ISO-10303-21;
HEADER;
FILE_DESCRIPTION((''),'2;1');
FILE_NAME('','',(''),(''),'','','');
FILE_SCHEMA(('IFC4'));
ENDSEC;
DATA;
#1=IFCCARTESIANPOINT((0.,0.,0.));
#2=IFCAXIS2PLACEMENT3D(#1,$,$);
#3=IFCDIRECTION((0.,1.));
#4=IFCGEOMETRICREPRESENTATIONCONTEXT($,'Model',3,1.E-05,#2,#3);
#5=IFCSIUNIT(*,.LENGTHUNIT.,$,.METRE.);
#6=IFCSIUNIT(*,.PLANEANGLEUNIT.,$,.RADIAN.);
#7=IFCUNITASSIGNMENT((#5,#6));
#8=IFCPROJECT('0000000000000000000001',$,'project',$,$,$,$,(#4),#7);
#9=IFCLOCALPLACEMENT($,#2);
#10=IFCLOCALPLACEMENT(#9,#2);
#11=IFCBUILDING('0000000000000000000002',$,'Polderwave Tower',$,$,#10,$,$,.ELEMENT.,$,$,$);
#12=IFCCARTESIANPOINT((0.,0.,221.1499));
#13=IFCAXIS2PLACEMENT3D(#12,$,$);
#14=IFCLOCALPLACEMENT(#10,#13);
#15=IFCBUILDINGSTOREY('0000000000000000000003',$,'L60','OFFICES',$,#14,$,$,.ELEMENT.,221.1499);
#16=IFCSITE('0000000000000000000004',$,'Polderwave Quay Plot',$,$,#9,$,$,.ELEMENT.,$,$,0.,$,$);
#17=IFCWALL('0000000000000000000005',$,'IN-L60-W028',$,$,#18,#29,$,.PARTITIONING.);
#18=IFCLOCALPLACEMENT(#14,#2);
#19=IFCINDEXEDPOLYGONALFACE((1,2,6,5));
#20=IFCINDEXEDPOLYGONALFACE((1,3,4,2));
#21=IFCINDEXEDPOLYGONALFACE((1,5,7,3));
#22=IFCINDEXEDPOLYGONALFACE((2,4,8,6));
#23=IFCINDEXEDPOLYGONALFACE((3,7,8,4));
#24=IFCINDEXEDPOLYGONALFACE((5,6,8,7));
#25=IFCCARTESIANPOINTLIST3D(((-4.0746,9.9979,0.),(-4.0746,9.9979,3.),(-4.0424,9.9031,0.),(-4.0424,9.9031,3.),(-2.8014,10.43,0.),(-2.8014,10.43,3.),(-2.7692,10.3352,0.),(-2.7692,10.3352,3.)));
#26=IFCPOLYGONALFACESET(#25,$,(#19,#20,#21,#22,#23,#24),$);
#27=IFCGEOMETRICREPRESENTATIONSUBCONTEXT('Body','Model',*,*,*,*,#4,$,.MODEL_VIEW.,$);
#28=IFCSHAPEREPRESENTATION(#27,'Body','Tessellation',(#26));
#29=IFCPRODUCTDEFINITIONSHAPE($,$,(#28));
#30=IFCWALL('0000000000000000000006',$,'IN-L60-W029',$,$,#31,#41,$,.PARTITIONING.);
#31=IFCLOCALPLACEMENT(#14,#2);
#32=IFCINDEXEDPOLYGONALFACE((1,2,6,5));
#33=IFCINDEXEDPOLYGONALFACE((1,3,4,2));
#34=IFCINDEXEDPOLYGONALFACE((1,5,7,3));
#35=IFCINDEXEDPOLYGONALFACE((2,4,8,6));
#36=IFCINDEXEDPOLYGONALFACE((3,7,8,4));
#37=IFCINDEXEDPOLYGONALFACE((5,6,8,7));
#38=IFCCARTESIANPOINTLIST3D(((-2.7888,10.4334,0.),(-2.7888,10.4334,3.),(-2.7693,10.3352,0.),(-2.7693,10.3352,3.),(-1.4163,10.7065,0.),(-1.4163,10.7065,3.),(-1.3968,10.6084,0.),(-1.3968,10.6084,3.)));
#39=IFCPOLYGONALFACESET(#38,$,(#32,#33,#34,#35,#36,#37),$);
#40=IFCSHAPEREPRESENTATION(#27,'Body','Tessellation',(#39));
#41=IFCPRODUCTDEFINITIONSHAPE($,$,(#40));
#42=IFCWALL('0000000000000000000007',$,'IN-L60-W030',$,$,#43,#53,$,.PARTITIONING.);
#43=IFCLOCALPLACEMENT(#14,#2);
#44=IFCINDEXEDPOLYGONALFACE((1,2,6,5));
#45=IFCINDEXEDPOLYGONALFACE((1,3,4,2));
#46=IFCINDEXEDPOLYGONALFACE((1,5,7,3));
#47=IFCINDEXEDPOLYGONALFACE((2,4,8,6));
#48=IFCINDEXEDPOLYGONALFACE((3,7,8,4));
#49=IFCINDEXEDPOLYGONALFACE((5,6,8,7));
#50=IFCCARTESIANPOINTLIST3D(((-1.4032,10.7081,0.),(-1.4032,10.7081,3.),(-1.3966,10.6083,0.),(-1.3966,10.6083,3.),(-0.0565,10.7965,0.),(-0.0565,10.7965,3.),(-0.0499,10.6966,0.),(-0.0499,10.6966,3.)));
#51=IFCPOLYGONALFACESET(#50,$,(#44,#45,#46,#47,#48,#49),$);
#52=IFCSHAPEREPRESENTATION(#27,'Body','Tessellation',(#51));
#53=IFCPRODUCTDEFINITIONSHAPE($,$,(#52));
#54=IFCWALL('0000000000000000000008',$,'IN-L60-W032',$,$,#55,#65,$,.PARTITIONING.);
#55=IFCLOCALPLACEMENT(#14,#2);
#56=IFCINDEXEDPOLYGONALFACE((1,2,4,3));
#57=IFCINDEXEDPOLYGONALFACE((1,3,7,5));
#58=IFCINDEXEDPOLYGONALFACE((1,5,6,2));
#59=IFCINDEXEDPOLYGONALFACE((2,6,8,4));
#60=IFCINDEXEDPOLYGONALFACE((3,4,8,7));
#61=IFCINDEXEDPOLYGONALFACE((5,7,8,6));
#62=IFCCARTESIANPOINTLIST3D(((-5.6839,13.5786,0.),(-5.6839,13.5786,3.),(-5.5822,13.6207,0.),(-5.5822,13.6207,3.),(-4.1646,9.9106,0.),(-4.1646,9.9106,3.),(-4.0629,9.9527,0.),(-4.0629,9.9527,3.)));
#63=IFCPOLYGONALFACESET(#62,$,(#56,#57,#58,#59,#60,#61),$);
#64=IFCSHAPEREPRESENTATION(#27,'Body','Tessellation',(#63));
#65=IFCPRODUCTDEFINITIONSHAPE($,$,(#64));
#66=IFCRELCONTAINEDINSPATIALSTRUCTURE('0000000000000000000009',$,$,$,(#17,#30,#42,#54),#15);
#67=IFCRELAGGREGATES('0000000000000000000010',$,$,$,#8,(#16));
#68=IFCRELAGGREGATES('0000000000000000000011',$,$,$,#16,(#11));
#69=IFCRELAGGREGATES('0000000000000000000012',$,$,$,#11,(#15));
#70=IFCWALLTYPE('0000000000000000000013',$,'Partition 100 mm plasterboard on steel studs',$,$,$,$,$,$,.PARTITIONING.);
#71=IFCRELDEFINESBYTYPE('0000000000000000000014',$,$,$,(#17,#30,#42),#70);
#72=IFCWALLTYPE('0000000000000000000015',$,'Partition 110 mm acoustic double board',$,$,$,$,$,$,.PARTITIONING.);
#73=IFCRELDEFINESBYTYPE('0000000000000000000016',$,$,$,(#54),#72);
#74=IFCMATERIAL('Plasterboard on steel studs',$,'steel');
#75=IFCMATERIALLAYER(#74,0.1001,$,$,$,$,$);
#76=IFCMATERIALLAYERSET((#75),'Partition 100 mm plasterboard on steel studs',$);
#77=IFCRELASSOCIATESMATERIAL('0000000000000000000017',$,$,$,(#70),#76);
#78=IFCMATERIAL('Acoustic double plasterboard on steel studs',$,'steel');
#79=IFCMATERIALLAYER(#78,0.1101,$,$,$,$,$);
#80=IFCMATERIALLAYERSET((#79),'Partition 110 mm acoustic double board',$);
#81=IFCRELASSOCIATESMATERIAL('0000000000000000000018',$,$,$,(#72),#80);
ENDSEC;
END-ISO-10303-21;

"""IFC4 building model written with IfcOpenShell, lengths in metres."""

from ifc_helpers import new_model, si_unit, direction, frame, frame_2d, origin, place, context, subcontext, project, spatial, rectangle, extrude, material, layer, layer_set, type_object, element, save


model = new_model("IFC4")

# Units and contexts
model_context = context("Model", 3, precision=1e-05, world=origin(), true_north=direction((0.0, 1.0)))
body_context = subcontext(model_context, "Body", "Model", "MODEL_VIEW")
ifc_project = project(units=[si_unit("LENGTHUNIT", "METRE"), si_unit("PLANEANGLEUNIT", "RADIAN")], contexts=[model_context])

# Site, building, storey
site_placement = place(None, origin())
site = spatial("IfcSite", under=ifc_project, at=site_placement, Name="Polderwave Quay Plot", CompositionType="ELEMENT", RefElevation=0.0)
building_placement = place(site_placement, origin())
building = spatial("IfcBuilding", under=site, at=building_placement, Name="Polderwave Tower", CompositionType="ELEMENT")
storey_placement = place(building_placement, frame((0.0, 0.0, 221.1499)))
storey = spatial("IfcBuildingStorey", under=building, at=storey_placement, Name="L60", Description="OFFICES", CompositionType="ELEMENT", Elevation=221.1499)

# Walls
ifc_material_1 = material(Name="Plasterboard on steel studs", Category="steel")
ifc_layer_1 = layer(ifc_material_1, 0.1001)
ifc_layer_set_1 = layer_set([ifc_layer_1], Name="Partition 100 mm plasterboard on steel studs")
wall_type_1 = type_object("IfcWallType", Name="Partition 100 mm plasterboard on steel studs", PredefinedType="PARTITIONING", material=ifc_layer_set_1)
wall_1_placement = place(storey_placement, frame((-4.0586, 9.9504, 0.0), z_axis=(0.0, 0.0, 1.0), x_axis=(0.946944, 0.321398, 0.0)))
element("IfcWall", 1, at=wall_1_placement, inside=storey, type_object=wall_type_1, Name="IN-L60-W028", PredefinedType="PARTITIONING", context=body_context, shape_type="SweptSolid", body=[
    extrude(rectangle(XDim=1.3445, YDim=0.1001, at=frame_2d((0.6724, 0.0))), origin(), (0.0, 0.0, 1.0), 3.0),
])
wall_2_placement = place(storey_placement, frame((-2.7791, 10.3843, 0.0), z_axis=(0.0, 0.0, 1.0), x_axis=(0.980761, 0.19521, 0.0)))
element("IfcWall", 2, at=wall_2_placement, inside=storey, type_object=wall_type_1, Name="IN-L60-W029", PredefinedType="PARTITIONING", context=body_context, shape_type="SweptSolid", body=[
    extrude(rectangle(XDim=1.3994, YDim=0.1001, at=frame_2d((0.6997, 0.0))), origin(), (0.0, 0.0, 1.0), 3.0),
])
wall_3_placement = place(storey_placement, frame((-1.3999, 10.6582, 0.0), z_axis=(0.0, 0.0, 1.0), x_axis=(0.997853, 0.065486, 0.0)))
element("IfcWall", 3, at=wall_3_placement, inside=storey, type_object=wall_type_1, Name="IN-L60-W030", PredefinedType="PARTITIONING", context=body_context, shape_type="SweptSolid", body=[
    extrude(rectangle(XDim=1.3496, YDim=0.1001, at=frame_2d((0.6748, 0.0))), origin(), (0.0, 0.0, 1.0), 3.0),
])
ifc_material_2 = material(Name="Acoustic double plasterboard on steel studs", Category="steel")
ifc_layer_2 = layer(ifc_material_2, 0.1101)
ifc_layer_set_2 = layer_set([ifc_layer_2], Name="Partition 110 mm acoustic double board")
wall_type_2 = type_object("IfcWallType", Name="Partition 110 mm acoustic double board", PredefinedType="PARTITIONING", material=ifc_layer_set_2)
wall_4_placement = place(storey_placement, frame((-4.1138, 9.9316, 0.0), z_axis=(0.0, 0.0, 1.0), x_axis=(-0.382676, 0.923883, 0.0)))
element("IfcWall", 4, at=wall_4_placement, inside=storey, type_object=wall_type_2, Name="IN-L60-W032", PredefinedType="PARTITIONING", context=body_context, shape_type="SweptSolid", body=[
    extrude(rectangle(XDim=3.9702, YDim=0.1101, at=frame_2d((1.9851, 0.0))), origin(), (0.0, 0.0, 1.0), 3.0),
])

save(model, "model.ifc")
